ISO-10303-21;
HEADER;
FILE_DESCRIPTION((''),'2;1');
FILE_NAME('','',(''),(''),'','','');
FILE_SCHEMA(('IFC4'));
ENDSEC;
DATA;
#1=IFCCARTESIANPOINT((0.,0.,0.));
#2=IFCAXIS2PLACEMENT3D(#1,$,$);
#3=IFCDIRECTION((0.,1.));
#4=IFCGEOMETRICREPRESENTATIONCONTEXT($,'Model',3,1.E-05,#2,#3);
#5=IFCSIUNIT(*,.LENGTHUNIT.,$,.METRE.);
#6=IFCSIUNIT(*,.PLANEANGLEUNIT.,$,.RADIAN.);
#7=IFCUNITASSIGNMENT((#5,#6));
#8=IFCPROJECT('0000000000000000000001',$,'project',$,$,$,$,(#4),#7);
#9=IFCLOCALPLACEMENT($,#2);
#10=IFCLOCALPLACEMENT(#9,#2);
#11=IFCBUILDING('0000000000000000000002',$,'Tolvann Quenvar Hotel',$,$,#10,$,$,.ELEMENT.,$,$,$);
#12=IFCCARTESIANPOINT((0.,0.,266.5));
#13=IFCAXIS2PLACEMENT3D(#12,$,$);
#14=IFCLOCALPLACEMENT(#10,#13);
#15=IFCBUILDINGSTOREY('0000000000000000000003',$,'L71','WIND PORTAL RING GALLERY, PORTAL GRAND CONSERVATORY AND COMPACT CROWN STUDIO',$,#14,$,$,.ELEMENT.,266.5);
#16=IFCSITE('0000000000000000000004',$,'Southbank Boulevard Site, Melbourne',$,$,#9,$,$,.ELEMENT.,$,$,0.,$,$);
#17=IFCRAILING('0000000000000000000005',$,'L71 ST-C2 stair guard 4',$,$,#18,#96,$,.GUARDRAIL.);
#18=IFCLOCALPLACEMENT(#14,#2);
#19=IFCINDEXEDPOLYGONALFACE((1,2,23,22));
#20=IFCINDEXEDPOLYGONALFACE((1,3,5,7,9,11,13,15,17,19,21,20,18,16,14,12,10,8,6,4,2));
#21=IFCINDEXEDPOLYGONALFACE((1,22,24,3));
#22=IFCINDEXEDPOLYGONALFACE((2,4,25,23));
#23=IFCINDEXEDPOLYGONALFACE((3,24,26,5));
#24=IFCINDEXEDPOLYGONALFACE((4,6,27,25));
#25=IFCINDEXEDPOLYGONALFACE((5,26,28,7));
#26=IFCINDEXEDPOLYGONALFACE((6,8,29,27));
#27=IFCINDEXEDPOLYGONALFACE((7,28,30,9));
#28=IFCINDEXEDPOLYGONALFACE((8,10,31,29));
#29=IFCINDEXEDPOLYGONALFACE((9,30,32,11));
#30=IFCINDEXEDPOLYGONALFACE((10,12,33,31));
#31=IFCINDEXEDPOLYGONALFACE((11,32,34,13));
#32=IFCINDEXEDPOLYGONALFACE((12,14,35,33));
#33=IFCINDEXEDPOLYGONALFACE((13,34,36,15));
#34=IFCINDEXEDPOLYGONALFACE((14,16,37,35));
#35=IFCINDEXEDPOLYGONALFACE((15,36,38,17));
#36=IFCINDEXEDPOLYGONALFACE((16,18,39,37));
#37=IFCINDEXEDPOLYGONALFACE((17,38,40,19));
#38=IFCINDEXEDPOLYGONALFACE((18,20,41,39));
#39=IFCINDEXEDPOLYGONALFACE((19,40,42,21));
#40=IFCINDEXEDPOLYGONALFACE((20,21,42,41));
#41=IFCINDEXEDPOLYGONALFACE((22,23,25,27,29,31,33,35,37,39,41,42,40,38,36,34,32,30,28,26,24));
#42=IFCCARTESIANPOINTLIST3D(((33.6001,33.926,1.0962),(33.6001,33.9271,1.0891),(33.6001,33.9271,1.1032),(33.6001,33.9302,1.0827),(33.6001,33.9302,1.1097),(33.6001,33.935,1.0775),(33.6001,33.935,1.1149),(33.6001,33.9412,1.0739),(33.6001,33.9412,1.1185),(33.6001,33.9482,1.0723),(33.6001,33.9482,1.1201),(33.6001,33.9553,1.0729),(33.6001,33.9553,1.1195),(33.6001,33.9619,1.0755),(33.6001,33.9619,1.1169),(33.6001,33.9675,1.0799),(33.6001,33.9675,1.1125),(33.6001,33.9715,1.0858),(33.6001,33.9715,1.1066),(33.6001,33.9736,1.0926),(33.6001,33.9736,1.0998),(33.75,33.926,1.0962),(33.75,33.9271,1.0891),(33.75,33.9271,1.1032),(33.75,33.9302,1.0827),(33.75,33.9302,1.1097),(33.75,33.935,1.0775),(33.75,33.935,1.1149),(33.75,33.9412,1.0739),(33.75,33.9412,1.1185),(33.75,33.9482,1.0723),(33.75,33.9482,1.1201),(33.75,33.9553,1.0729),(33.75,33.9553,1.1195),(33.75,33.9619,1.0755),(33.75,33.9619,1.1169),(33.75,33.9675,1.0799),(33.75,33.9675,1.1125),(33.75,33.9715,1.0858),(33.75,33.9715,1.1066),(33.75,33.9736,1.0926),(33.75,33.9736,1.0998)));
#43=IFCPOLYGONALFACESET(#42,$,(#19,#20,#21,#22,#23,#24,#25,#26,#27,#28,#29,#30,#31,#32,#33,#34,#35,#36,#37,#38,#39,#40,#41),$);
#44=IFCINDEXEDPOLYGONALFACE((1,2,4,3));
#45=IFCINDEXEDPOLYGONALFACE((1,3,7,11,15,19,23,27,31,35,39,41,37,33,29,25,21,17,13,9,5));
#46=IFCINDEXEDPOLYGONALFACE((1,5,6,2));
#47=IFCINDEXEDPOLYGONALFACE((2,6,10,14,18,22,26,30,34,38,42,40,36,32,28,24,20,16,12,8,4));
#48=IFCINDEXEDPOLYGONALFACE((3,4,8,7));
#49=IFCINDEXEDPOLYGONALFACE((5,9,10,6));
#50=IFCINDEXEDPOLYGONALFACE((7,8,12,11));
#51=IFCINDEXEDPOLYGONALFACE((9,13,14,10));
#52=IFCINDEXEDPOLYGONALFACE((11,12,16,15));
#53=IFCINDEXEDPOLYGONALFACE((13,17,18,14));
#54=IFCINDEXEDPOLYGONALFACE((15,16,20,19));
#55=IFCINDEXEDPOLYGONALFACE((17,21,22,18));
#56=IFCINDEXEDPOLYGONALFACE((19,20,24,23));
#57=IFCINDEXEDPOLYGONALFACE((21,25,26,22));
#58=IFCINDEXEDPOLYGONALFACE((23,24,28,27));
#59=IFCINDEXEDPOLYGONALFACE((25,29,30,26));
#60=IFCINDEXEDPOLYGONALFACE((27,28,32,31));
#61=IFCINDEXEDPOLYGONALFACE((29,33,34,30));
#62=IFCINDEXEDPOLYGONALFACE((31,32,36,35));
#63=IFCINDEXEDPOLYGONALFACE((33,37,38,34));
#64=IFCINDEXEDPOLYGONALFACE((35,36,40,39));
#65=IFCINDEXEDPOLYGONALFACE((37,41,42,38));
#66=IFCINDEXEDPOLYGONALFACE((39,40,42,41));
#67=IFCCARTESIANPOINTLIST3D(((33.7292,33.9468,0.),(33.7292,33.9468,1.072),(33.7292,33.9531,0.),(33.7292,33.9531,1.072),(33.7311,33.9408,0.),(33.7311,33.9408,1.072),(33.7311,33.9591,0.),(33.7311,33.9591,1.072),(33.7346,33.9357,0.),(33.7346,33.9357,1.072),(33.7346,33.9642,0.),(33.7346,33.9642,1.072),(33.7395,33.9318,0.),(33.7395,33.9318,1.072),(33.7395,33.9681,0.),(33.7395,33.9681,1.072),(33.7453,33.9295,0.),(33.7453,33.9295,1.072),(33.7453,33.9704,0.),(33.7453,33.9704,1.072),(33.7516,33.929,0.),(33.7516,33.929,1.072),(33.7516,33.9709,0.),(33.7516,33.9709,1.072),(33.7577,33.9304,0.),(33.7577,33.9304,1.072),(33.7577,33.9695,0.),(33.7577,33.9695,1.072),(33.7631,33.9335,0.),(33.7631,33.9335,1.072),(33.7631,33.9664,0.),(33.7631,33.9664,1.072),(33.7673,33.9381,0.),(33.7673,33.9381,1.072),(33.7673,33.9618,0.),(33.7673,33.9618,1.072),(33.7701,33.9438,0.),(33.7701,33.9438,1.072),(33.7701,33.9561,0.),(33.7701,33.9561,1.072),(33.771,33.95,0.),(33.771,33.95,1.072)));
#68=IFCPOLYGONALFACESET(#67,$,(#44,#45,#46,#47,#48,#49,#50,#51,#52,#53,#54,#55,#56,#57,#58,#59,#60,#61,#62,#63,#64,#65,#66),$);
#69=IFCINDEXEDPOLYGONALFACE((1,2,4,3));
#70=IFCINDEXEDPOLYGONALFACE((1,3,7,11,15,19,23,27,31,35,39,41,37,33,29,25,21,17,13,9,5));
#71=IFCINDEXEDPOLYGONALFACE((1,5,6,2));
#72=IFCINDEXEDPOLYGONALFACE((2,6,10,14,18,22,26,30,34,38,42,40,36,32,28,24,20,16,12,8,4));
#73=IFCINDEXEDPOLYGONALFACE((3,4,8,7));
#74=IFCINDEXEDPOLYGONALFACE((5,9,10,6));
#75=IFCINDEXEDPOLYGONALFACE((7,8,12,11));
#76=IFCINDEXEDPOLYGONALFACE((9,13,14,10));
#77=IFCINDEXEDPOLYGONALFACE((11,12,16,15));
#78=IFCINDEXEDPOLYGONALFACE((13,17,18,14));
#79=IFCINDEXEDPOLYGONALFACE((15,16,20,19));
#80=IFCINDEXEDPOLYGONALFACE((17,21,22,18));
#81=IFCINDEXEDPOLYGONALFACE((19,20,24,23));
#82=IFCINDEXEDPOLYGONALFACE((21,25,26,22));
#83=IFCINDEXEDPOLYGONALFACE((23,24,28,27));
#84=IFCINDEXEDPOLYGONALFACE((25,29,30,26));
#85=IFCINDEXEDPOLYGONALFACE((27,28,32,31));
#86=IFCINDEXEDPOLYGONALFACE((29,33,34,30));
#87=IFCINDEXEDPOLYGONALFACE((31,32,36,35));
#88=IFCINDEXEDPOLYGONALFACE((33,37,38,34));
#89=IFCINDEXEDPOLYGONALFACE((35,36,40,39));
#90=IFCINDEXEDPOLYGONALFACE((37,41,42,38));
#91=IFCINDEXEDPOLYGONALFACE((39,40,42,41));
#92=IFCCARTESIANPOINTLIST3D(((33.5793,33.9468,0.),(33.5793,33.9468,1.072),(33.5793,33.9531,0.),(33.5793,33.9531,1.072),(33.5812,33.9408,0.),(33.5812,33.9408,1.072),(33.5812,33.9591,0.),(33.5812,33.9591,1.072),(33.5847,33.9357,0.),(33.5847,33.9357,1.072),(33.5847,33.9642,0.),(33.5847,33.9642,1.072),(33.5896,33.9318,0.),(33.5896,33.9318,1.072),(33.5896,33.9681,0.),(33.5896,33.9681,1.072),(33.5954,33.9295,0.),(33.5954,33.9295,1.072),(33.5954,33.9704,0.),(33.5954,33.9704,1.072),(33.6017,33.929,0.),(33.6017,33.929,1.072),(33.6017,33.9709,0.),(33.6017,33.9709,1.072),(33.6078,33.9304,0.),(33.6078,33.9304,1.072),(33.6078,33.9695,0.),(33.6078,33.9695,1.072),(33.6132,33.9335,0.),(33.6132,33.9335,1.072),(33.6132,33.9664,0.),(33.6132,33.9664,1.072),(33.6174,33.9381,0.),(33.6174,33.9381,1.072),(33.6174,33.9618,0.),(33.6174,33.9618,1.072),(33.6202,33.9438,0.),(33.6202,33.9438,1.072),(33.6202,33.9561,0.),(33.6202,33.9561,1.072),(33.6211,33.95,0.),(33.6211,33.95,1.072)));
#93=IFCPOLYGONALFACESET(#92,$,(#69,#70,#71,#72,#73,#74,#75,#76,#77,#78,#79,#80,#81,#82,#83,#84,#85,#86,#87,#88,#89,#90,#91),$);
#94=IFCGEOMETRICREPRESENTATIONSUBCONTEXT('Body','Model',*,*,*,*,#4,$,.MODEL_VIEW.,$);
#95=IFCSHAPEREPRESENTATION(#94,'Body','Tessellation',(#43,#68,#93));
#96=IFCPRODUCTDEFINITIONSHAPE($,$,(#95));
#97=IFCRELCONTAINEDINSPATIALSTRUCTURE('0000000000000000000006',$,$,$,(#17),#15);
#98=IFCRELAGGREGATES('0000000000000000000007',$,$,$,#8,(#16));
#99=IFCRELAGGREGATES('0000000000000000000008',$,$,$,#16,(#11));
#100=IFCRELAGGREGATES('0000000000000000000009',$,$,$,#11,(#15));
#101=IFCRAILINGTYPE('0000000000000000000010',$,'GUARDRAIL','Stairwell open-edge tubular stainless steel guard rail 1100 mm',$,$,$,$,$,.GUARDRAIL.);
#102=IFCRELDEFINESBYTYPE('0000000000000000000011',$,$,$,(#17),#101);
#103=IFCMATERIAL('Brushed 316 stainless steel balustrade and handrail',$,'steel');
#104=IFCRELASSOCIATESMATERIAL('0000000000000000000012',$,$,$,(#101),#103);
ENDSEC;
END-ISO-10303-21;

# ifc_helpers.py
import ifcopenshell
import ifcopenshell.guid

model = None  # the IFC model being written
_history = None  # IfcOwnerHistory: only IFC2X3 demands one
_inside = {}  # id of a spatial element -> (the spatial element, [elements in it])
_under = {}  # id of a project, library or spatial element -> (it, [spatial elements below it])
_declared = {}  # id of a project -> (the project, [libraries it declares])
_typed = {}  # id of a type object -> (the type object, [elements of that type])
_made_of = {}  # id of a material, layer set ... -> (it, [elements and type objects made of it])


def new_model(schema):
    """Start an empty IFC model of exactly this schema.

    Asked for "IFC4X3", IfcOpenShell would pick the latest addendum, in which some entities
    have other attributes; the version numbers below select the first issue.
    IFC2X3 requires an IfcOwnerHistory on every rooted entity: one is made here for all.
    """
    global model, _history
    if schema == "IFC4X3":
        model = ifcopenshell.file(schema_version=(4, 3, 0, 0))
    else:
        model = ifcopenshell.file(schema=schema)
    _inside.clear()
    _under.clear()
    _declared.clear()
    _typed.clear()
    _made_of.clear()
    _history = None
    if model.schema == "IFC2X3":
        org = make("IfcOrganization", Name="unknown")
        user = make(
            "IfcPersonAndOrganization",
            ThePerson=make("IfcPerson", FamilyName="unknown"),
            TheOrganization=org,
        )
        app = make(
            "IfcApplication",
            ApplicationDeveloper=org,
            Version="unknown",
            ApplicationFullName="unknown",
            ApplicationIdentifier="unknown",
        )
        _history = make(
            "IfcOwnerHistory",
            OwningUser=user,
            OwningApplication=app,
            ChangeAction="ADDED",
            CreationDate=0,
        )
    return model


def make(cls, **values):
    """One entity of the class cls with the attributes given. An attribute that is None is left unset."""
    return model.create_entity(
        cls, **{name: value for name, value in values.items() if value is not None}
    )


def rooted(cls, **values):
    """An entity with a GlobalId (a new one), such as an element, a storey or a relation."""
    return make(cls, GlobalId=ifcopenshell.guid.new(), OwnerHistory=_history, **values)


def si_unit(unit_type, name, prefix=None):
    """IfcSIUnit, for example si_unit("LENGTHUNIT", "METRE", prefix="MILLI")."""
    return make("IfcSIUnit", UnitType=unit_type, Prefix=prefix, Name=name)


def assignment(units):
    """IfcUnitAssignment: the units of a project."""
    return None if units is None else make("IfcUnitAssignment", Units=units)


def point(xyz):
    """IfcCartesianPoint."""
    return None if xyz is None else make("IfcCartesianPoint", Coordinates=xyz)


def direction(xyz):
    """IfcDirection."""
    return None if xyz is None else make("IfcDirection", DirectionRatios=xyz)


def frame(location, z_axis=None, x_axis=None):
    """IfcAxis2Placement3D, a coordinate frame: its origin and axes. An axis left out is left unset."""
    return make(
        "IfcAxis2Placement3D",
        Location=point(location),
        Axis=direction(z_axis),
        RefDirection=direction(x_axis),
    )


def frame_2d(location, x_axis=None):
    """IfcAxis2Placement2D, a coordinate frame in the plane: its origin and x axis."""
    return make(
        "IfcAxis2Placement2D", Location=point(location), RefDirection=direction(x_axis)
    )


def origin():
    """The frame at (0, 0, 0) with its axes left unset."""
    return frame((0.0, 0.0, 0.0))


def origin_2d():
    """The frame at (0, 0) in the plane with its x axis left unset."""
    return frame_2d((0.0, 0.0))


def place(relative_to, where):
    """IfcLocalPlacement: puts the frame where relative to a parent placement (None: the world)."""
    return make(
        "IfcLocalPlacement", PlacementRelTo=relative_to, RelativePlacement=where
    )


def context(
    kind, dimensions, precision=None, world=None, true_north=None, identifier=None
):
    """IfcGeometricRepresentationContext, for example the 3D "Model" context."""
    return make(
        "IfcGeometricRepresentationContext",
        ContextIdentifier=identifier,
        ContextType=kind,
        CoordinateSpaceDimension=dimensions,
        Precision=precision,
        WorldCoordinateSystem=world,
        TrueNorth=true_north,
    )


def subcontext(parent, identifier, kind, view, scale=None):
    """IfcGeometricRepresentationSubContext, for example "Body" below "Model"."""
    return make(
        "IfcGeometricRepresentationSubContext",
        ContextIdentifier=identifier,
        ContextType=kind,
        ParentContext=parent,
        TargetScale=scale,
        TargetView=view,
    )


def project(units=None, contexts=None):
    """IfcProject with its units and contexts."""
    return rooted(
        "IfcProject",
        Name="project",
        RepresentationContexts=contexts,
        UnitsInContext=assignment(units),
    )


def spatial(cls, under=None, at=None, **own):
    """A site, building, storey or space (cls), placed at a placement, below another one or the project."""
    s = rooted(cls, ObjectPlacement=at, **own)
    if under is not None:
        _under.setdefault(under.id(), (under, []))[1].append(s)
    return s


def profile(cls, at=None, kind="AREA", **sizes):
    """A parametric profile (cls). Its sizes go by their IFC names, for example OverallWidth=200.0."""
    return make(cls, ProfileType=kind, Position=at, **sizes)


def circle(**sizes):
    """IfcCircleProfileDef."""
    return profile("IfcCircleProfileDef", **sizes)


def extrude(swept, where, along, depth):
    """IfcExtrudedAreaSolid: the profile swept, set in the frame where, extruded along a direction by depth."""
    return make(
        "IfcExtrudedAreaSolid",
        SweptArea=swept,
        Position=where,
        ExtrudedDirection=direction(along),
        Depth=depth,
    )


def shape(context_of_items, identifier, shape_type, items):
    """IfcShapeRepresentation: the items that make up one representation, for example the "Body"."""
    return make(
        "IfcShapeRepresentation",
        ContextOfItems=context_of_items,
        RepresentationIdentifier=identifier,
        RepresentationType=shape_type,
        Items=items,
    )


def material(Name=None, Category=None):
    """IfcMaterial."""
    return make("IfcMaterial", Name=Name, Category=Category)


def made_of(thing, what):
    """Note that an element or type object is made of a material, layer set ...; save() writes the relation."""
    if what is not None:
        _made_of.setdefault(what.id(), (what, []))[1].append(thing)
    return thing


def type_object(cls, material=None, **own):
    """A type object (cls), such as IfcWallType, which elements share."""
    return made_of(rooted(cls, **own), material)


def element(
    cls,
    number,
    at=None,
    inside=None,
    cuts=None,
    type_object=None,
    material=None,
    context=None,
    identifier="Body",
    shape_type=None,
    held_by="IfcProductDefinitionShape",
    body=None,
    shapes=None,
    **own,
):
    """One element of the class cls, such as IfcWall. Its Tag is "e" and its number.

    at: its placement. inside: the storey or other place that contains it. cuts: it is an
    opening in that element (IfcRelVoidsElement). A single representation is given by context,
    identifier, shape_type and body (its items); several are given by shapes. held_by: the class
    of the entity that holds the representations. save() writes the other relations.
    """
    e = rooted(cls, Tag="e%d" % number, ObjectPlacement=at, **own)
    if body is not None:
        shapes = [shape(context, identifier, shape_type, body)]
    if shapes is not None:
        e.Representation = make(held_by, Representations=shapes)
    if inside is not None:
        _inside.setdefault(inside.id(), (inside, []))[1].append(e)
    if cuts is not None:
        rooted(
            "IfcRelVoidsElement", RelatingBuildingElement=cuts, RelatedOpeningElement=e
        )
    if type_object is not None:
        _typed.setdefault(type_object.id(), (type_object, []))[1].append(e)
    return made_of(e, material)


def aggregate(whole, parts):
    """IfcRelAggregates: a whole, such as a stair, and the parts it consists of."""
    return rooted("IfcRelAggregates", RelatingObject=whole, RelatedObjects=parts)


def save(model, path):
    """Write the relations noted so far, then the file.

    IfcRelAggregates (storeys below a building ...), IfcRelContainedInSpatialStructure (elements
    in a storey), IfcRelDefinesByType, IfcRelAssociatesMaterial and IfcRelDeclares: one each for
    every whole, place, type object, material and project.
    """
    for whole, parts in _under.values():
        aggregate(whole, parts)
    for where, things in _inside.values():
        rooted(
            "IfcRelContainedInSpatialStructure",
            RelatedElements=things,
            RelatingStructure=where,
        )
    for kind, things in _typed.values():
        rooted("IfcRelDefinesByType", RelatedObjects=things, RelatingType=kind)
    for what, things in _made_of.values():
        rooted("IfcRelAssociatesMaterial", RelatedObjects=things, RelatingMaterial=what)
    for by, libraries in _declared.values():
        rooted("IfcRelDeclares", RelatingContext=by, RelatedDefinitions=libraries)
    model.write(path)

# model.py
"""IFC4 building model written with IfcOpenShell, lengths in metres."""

from ifc_helpers import new_model, si_unit, direction, frame, origin, origin_2d, place, context, subcontext, project, spatial, circle, extrude, material, type_object, element, save


model = new_model("IFC4")

# Units and contexts
model_context = context("Model", 3, precision=1e-05, world=origin(), true_north=direction((0.0, 1.0)))
body_context = subcontext(model_context, "Body", "Model", "MODEL_VIEW")
ifc_project = project(units=[si_unit("LENGTHUNIT", "METRE"), si_unit("PLANEANGLEUNIT", "RADIAN")], contexts=[model_context])

# Site, building, storey
site_placement = place(None, origin())
site = spatial("IfcSite", under=ifc_project, at=site_placement, Name="Southbank Boulevard Site, Melbourne", CompositionType="ELEMENT", RefElevation=0.0)
building_placement = place(site_placement, origin())
building = spatial("IfcBuilding", under=site, at=building_placement, Name="Tolvann Quenvar Hotel", CompositionType="ELEMENT")
storey_placement = place(building_placement, frame((0.0, 0.0, 266.5)))
storey = spatial("IfcBuildingStorey", under=building, at=storey_placement, Name="L71", Description="WIND PORTAL RING GALLERY, PORTAL GRAND CONSERVATORY AND COMPACT CROWN STUDIO", CompositionType="ELEMENT", Elevation=266.5)

# Railing
ifc_material_1 = material(Name="Brushed 316 stainless steel balustrade and handrail", Category="steel")
railing_type = type_object("IfcRailingType", Name="GUARDRAIL", Description="Stairwell open-edge tubular stainless steel guard rail 1100 mm", PredefinedType="GUARDRAIL", material=ifc_material_1)
railing_1_placement = place(storey_placement, frame((33.75, 33.95, 0.0)))
element("IfcRailing", 1, at=railing_1_placement, inside=storey, type_object=railing_type, Name="L71 ST-C2 stair guard 4", PredefinedType="GUARDRAIL", context=body_context, shape_type="SweptSolid", body=[
    extrude(circle(Radius=0.0239, at=origin_2d()), frame((0.0, 0.0, 1.0962), z_axis=(-1.0, 0.0, 0.0), x_axis=(0.0, -1.0, 0.0)), (0.0, 0.0, 1.0), 0.1499),
    extrude(circle(Radius=0.021, at=origin_2d()), origin(), (0.0, 0.0, 1.0), 1.072),
    extrude(circle(Radius=0.021, at=origin_2d()), frame((-0.1499, 0.0, 0.0)), (0.0, 0.0, 1.0), 1.072),
])

save(model, "model.ifc")
